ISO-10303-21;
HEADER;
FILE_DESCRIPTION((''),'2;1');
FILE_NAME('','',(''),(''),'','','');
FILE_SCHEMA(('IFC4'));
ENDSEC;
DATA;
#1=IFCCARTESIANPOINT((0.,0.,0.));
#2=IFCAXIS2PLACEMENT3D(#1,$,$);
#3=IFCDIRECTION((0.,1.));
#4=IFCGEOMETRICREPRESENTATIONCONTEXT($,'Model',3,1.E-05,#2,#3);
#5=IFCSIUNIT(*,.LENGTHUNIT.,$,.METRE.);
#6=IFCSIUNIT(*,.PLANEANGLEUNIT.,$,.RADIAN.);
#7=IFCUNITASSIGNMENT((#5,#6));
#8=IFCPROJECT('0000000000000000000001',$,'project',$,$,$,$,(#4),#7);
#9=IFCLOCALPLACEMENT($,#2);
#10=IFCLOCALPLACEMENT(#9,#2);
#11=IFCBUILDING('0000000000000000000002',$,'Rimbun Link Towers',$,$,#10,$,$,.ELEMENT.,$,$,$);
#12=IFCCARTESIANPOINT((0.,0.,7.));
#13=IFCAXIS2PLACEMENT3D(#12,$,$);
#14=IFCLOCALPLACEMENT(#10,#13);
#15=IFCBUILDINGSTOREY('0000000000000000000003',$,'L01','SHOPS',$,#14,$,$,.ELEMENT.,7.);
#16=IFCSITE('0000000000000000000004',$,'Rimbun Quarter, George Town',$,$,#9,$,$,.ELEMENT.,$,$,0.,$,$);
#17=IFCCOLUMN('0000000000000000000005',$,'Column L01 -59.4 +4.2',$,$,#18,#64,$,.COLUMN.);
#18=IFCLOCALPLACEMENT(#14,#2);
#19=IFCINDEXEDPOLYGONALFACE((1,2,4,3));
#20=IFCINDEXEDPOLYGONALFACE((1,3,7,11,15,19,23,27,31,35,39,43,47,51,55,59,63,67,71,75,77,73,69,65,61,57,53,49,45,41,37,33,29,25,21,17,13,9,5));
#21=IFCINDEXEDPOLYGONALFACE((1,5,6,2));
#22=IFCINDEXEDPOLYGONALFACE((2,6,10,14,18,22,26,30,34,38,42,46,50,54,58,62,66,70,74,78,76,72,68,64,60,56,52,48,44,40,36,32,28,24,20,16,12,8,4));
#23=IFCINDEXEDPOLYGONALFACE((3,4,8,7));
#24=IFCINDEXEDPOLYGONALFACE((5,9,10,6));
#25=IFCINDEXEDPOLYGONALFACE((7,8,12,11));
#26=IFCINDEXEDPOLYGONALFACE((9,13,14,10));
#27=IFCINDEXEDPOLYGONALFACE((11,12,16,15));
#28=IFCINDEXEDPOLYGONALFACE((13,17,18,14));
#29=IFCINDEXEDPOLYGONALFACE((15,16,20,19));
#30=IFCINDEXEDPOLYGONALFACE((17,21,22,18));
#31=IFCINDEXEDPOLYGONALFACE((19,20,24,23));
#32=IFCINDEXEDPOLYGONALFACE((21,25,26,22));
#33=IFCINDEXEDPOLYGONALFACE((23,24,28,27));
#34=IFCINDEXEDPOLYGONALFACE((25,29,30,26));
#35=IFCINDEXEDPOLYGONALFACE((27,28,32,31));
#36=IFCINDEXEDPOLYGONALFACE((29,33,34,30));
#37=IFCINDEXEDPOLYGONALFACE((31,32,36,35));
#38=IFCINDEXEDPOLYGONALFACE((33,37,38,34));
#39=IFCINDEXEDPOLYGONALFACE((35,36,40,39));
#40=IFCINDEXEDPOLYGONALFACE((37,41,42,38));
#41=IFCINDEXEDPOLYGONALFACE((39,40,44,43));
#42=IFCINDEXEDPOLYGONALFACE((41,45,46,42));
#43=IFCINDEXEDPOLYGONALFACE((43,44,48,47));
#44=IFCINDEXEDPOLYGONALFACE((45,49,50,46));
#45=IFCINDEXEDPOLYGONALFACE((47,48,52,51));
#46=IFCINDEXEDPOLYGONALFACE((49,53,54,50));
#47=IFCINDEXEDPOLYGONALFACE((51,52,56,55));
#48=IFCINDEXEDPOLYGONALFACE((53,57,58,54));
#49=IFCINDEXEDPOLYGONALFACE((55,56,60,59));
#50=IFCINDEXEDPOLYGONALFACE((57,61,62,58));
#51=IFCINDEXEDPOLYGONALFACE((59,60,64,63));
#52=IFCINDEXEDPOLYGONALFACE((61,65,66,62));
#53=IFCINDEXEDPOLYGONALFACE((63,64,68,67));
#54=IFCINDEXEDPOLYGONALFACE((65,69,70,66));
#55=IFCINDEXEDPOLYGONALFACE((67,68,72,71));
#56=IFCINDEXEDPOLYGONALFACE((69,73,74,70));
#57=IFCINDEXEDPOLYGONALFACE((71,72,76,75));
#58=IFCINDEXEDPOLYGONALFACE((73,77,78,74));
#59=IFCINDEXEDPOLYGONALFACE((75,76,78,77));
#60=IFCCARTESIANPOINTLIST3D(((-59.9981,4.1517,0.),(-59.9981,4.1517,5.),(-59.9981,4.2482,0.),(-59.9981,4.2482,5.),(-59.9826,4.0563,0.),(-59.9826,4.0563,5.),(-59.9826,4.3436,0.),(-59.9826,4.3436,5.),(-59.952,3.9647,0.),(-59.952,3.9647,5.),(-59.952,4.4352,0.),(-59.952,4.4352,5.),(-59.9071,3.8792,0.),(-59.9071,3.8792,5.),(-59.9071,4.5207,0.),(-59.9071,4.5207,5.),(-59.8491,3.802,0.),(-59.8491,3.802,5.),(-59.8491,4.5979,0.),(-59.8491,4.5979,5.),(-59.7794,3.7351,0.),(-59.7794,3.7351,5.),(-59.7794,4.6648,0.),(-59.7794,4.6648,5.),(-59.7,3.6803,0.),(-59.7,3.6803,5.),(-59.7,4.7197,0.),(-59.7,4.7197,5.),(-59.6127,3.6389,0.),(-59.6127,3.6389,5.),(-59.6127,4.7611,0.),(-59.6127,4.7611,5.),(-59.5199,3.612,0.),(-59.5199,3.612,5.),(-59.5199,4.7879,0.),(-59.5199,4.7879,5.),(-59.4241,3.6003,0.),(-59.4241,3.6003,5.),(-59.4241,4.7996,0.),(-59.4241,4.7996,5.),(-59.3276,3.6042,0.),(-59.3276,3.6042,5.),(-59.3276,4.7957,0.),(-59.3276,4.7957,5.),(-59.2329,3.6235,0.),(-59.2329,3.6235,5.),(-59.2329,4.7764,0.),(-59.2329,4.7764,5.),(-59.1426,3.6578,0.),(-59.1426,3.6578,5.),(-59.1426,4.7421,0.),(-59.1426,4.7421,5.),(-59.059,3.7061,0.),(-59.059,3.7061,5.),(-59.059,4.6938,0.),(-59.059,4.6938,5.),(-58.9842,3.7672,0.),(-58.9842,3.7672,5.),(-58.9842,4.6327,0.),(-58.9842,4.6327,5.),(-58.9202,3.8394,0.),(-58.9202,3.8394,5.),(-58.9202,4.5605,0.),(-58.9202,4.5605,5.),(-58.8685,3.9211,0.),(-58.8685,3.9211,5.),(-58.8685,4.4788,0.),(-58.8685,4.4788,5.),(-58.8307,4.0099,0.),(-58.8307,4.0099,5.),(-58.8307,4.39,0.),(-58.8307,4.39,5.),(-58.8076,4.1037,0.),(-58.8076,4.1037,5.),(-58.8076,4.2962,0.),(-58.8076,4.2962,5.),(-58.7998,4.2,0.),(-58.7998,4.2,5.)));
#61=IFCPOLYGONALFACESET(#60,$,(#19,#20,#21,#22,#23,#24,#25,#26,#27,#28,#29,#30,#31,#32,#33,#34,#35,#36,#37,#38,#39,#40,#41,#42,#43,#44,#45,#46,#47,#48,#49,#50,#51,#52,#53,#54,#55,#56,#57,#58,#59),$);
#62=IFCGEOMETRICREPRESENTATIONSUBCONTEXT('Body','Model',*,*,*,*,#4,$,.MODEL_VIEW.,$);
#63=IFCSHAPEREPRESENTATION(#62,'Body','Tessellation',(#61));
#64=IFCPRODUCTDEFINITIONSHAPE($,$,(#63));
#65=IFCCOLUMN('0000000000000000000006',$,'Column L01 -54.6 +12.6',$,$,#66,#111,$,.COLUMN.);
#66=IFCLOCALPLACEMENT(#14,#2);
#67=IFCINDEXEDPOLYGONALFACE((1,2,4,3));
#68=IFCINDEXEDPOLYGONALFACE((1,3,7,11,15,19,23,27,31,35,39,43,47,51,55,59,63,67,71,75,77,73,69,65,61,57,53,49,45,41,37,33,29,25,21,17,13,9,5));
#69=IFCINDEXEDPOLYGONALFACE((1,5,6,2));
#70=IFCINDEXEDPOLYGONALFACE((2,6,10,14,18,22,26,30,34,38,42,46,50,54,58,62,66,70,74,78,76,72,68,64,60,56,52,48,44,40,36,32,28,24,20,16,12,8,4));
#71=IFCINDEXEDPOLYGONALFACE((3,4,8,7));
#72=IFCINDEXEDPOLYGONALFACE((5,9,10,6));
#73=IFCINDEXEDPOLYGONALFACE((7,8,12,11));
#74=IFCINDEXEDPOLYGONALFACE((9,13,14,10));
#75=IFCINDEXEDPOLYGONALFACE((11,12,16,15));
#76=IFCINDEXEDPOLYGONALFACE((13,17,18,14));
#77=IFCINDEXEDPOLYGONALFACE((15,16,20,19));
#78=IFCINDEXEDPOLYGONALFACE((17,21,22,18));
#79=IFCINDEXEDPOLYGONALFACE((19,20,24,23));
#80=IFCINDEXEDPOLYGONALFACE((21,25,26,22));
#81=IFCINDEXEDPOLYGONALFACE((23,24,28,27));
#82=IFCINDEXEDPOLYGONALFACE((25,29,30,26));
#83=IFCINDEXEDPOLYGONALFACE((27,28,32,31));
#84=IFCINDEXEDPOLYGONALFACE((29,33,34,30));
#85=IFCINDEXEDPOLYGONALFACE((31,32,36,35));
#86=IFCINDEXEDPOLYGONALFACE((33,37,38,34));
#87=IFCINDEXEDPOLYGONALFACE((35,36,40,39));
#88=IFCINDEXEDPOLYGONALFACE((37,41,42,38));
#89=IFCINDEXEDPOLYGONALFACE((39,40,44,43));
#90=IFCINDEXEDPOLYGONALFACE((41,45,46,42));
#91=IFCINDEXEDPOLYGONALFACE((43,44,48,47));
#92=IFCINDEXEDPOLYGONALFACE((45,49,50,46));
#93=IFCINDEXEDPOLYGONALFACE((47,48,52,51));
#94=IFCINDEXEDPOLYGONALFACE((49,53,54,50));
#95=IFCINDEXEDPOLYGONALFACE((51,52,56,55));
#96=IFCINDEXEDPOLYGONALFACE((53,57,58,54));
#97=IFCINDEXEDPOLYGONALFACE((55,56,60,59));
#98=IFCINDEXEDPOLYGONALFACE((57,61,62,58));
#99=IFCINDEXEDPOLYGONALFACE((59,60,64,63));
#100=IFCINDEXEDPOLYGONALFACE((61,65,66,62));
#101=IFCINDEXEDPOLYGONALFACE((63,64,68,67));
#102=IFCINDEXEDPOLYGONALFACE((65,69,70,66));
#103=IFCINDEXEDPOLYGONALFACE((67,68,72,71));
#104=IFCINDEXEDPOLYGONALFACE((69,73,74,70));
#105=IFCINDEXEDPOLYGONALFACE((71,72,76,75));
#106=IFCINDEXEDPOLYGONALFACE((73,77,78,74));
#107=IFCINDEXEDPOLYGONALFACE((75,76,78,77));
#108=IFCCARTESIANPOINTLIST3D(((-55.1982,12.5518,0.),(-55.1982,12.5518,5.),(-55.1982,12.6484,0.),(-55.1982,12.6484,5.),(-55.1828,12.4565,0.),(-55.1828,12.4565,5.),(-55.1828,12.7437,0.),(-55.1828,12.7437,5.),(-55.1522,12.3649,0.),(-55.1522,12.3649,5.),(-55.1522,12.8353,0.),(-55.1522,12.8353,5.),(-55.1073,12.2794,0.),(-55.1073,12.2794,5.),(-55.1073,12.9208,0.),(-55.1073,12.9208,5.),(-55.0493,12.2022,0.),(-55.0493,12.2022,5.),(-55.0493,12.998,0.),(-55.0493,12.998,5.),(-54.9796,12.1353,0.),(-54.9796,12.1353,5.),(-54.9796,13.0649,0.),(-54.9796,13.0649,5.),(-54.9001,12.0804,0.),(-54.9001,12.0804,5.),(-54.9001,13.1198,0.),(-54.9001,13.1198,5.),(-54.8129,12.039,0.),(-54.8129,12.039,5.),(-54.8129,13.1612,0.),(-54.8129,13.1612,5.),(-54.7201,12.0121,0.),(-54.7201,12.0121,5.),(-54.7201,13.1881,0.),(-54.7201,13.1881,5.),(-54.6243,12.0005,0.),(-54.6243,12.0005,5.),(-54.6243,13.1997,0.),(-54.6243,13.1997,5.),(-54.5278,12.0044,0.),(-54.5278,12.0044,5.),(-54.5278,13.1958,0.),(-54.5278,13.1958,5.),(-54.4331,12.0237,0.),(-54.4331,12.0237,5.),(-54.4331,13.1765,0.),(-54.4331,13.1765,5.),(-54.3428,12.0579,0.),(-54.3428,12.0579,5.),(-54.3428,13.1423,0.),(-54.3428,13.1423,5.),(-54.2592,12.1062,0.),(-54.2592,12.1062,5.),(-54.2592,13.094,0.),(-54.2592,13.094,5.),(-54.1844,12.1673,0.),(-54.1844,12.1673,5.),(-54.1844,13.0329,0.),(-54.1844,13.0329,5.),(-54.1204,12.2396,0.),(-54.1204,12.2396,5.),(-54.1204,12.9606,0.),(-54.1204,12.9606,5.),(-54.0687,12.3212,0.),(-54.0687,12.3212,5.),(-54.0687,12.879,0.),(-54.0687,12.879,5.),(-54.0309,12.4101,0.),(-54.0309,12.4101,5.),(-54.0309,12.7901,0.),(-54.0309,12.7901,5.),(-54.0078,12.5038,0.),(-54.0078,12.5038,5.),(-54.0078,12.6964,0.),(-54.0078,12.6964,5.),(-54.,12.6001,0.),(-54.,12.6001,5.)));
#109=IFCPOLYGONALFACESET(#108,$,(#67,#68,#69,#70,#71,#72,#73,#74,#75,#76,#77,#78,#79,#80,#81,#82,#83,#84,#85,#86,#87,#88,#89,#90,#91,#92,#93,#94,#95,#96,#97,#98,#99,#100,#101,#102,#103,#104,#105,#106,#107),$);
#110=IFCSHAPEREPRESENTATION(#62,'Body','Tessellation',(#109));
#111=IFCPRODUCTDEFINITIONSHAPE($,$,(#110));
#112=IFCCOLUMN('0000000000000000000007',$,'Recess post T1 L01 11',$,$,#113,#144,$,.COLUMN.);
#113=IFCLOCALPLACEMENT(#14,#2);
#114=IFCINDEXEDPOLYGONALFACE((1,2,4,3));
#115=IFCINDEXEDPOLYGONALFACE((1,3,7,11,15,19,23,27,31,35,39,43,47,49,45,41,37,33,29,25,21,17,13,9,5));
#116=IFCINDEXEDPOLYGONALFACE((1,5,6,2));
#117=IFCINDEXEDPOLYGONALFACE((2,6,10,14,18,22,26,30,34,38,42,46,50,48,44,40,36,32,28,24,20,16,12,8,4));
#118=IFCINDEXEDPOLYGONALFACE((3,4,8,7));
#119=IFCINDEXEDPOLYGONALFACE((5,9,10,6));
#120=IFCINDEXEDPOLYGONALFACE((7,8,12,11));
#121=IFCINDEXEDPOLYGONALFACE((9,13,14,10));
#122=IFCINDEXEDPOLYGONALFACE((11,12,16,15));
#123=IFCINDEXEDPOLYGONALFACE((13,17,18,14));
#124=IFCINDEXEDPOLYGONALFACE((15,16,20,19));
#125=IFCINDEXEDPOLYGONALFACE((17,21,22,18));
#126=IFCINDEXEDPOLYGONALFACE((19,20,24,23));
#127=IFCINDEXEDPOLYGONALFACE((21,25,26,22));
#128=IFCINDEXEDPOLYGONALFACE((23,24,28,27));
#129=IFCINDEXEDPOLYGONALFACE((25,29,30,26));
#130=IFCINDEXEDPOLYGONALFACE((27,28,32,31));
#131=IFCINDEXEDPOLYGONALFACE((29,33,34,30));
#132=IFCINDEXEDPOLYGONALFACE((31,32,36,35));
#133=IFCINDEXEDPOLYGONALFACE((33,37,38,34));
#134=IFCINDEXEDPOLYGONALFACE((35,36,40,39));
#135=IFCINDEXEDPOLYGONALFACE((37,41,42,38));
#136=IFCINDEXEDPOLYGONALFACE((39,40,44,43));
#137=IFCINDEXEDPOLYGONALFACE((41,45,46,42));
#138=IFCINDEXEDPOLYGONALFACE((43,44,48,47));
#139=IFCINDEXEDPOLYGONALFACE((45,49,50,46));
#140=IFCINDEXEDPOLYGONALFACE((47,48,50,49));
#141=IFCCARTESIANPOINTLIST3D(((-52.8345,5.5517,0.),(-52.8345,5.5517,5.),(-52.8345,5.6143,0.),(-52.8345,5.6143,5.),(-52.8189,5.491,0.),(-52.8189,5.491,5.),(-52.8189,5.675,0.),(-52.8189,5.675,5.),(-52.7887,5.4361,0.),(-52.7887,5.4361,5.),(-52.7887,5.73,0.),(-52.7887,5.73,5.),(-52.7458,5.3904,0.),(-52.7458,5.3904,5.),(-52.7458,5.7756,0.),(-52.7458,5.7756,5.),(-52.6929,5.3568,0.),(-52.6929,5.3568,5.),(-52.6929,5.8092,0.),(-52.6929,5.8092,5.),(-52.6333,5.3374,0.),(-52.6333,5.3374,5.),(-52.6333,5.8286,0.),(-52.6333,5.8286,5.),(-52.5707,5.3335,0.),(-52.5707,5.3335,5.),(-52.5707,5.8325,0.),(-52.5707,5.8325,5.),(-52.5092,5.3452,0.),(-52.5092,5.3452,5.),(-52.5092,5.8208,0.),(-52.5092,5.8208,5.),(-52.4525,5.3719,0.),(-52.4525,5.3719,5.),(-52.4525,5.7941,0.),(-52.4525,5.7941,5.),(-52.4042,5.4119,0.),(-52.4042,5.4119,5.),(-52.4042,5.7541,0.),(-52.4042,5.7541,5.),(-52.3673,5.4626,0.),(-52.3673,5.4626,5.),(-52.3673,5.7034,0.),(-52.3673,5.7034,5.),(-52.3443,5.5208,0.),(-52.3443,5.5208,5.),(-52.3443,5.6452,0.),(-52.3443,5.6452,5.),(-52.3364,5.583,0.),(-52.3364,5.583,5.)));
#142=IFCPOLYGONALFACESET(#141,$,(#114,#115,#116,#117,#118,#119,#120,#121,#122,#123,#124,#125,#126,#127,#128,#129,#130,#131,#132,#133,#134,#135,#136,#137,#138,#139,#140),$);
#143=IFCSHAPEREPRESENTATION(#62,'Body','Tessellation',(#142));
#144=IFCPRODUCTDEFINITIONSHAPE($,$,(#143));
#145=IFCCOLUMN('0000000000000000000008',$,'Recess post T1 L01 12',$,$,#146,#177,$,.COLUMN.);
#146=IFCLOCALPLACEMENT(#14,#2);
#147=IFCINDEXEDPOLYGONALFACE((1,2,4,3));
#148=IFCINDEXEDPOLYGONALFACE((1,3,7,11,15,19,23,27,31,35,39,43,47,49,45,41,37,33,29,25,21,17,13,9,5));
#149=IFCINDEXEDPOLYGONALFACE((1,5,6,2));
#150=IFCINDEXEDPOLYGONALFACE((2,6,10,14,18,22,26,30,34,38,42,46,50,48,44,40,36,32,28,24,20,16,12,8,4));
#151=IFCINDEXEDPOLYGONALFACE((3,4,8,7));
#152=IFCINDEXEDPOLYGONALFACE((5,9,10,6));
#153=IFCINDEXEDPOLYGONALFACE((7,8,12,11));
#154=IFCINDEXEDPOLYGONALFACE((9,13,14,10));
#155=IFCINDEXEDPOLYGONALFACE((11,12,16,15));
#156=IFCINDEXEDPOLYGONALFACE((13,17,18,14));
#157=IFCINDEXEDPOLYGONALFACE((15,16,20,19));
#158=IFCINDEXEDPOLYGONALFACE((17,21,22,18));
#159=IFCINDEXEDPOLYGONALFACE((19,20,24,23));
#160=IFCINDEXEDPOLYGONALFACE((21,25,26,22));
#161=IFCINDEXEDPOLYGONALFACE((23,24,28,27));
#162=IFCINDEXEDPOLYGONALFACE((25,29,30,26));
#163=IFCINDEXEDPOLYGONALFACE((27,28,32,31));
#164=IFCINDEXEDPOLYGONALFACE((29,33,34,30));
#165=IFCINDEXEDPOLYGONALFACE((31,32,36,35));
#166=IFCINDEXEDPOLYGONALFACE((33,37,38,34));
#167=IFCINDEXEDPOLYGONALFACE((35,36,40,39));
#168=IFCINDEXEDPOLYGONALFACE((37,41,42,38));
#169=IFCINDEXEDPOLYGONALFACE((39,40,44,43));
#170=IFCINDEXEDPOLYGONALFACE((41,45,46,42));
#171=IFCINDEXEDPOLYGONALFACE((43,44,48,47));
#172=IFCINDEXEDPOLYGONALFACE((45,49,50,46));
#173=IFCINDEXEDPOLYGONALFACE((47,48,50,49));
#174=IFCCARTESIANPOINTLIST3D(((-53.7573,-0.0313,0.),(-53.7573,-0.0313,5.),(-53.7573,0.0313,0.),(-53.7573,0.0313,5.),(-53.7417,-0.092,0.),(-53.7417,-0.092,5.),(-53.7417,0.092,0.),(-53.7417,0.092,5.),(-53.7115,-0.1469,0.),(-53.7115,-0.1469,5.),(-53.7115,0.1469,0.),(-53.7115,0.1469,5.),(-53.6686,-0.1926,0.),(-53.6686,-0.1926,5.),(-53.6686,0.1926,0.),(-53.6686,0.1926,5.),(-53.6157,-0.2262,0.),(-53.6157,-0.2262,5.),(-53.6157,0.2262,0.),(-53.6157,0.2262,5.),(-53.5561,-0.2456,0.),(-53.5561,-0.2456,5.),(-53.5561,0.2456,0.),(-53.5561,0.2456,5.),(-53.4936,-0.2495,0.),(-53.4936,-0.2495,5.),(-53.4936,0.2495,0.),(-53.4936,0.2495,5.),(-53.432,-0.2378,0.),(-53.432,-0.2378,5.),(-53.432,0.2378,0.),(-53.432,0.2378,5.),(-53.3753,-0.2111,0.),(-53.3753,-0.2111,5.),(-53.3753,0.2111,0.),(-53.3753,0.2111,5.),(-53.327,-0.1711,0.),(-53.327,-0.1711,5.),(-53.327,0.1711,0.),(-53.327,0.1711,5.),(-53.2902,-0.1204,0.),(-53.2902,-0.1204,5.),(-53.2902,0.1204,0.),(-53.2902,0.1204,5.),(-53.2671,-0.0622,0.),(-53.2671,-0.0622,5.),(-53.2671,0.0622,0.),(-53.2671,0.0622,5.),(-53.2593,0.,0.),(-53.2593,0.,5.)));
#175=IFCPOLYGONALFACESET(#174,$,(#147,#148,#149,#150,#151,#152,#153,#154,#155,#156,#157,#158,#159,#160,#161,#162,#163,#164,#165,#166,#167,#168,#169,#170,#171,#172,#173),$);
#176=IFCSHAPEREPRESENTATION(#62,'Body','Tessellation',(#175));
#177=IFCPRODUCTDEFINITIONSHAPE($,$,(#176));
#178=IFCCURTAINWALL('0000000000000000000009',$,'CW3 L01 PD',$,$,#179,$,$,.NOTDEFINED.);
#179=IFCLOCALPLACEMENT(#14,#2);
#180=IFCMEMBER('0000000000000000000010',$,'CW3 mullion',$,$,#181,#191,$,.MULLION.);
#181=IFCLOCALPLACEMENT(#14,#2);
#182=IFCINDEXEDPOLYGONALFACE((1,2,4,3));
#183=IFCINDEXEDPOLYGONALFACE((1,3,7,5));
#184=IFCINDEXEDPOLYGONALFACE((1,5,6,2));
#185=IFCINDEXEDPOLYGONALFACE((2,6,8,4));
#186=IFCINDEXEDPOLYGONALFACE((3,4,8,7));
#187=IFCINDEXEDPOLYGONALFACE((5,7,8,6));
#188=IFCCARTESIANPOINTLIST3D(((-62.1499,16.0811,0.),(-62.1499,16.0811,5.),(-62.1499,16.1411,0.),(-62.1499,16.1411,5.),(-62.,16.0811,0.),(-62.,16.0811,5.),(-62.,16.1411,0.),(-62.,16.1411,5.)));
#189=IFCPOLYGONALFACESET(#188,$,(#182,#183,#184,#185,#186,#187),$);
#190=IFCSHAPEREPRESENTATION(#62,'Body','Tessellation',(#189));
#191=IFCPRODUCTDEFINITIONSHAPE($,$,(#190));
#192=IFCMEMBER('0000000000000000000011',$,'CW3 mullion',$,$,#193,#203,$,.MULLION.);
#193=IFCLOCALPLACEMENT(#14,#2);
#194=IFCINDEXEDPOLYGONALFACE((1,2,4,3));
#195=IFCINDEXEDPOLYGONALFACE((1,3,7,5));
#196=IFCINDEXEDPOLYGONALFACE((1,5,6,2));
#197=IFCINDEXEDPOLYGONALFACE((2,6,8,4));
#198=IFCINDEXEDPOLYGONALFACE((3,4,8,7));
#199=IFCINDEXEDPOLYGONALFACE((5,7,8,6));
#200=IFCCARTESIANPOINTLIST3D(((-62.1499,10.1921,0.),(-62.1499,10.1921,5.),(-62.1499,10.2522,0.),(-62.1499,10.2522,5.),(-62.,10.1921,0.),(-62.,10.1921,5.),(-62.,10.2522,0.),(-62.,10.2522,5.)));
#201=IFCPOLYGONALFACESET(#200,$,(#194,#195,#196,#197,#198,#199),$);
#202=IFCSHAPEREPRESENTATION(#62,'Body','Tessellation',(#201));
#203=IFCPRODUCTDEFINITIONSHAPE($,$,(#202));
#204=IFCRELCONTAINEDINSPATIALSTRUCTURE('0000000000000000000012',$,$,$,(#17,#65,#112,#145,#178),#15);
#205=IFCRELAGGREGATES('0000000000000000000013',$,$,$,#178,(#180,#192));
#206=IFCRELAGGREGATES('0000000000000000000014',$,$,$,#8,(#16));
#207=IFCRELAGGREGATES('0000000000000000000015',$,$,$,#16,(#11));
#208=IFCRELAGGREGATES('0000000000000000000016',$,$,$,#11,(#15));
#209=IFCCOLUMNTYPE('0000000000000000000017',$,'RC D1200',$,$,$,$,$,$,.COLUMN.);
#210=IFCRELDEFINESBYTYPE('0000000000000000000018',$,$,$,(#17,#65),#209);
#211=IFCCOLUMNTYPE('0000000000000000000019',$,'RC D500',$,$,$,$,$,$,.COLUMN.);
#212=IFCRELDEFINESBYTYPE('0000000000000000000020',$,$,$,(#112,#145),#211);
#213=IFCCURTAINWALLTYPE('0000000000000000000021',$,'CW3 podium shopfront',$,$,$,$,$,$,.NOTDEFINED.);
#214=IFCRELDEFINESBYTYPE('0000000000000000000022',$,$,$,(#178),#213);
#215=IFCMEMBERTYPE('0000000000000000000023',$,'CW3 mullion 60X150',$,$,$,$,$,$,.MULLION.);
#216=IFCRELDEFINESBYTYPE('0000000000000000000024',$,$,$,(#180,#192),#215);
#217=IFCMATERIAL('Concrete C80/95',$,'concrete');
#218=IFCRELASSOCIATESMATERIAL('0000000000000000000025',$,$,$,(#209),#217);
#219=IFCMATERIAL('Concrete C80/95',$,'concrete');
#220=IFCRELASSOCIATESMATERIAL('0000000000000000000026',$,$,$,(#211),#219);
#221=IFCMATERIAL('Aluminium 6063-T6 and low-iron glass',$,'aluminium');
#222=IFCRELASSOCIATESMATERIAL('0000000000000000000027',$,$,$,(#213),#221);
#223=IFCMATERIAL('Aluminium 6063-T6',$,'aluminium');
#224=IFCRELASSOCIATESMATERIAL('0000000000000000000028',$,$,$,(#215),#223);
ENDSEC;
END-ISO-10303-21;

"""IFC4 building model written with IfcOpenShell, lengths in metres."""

from ifc_helpers import new_model, si_unit, direction, frame, origin, origin_2d, place, context, subcontext, project, spatial, rectangle, circle, extrude, material, material_profile, profile_set, type_object, element, aggregate, save


model = new_model("IFC4")

# Units and contexts
model_context = context("Model", 3, precision=1e-05, world=origin(), true_north=direction((0.0, 1.0)))
body_context = subcontext(model_context, "Body", "Model", "MODEL_VIEW")
ifc_project = project(units=[si_unit("LENGTHUNIT", "METRE"), si_unit("PLANEANGLEUNIT", "RADIAN")], contexts=[model_context])

# Site, building, storey
site_placement = place(None, origin())
site = spatial("IfcSite", under=ifc_project, at=site_placement, Name="Rimbun Quarter, George Town", CompositionType="ELEMENT", RefElevation=0.0)
building_placement = place(site_placement, origin())
building = spatial("IfcBuilding", under=site, at=building_placement, Name="Rimbun Link Towers", CompositionType="ELEMENT")
storey_placement = place(building_placement, frame((0.0, 0.0, 7.0)))
storey = spatial("IfcBuildingStorey", under=building, at=storey_placement, Name="L01", Description="SHOPS", CompositionType="ELEMENT", Elevation=7.0)

# Columns
ifc_material_1 = material(Name="Concrete C80/95", Category="concrete")
ifc_material_profile_1 = material_profile(ifc_material_1, circle(Radius=0.6001, at=origin_2d()), Name="RC D1200")
ifc_profile_set_1 = profile_set([ifc_material_profile_1], Name="Concrete C80/95")
column_type_1 = type_object("IfcColumnType", Name="RC D1200", PredefinedType="COLUMN", material=ifc_profile_set_1)
for number, where, z_axis, x_axis, name in (
    (1, (-59.3999, 4.2, 0.0), (0.0, 0.0, 1.0), (1.0, 0.0, 0.0), "Column L01 -59.4 +4.2"),
    (2, (-54.6001, 12.6001, 0.0), (0.0, 0.0, 1.0), (1.0, 0.0, 0.0), "Column L01 -54.6 +12.6"),
):
    element("IfcColumn", number, at=place(storey_placement, frame(where, z_axis=z_axis, x_axis=x_axis)), inside=storey, type_object=column_type_1, Name=name, PredefinedType="COLUMN", context=body_context, shape_type="SweptSolid", body=[
        extrude(circle(Radius=0.6001, at=origin_2d()), origin(), (0.0, 0.0, 1.0), 5.0),
    ])
ifc_material_2 = material(Name="Concrete C80/95", Category="concrete")
ifc_material_profile_2 = material_profile(ifc_material_2, circle(Radius=0.25, at=origin_2d()), Name="RC D500")
ifc_profile_set_2 = profile_set([ifc_material_profile_2], Name="Concrete C80/95")
column_type_2 = type_object("IfcColumnType", Name="RC D500", PredefinedType="COLUMN", material=ifc_profile_set_2)
for number, where, z_axis, x_axis, name in (
    (3, (-52.5864, 5.583, 0.0), (0.0, 0.0, 1.0), (1.0, 0.0, 0.0), "Recess post T1 L01 11"),
    (4, (-53.5093, 0.0, 0.0), (0.0, 0.0, 1.0), (1.0, 0.0, 0.0), "Recess post T1 L01 12"),
):
    element("IfcColumn", number, at=place(storey_placement, frame(where, z_axis=z_axis, x_axis=x_axis)), inside=storey, type_object=column_type_2, Name=name, PredefinedType="COLUMN", context=body_context, shape_type="SweptSolid", body=[
        extrude(circle(Radius=0.25, at=origin_2d()), origin(), (0.0, 0.0, 1.0), 5.0),
    ])

# Curtain wall, members
ifc_material_3 = material(Name="Aluminium 6063-T6 and low-iron glass", Category="aluminium")
curtain_wall_type = type_object("IfcCurtainWallType", Name="CW3 podium shopfront", PredefinedType="NOTDEFINED", material=ifc_material_3)
curtain_wall_placement = place(storey_placement, origin())
curtain_wall = element("IfcCurtainWall", 5, at=curtain_wall_placement, inside=storey, type_object=curtain_wall_type, Name="CW3 L01 PD", PredefinedType="NOTDEFINED")
ifc_material_4 = material(Name="Aluminium 6063-T6", Category="aluminium")
ifc_material_profile_3 = material_profile(ifc_material_4, rectangle(XDim=0.1499, YDim=0.0601, at=origin_2d()), Name="MULLION 60X150")
ifc_profile_set_3 = profile_set([ifc_material_profile_3], Name="Aluminium 6063-T6")
member_type_1 = type_object("IfcMemberType", Name="CW3 mullion 60X150", PredefinedType="MULLION", material=ifc_profile_set_3)
member_1_placement = place(storey_placement, frame((-62.075, 16.1111, 0.0), z_axis=(0.0, 0.0, 1.0), x_axis=(-1.0, 0.0, 0.0)))
member_1 = element("IfcMember", 6, at=member_1_placement, type_object=member_type_1, Name="CW3 mullion", PredefinedType="MULLION", context=body_context, shape_type="SweptSolid", body=[
    extrude(rectangle(XDim=0.1499, YDim=0.0601, at=origin_2d()), origin(), (0.0, 0.0, 1.0), 5.0),
])
member_2_placement = place(storey_placement, frame((-62.075, 10.2222, 0.0), z_axis=(0.0, 0.0, 1.0), x_axis=(-1.0, 0.0, 0.0)))
member_2 = element("IfcMember", 7, at=member_2_placement, type_object=member_type_1, Name="CW3 mullion", PredefinedType="MULLION", context=body_context, shape_type="SweptSolid", body=[
    extrude(rectangle(XDim=0.1499, YDim=0.0601, at=origin_2d()), origin(), (0.0, 0.0, 1.0), 5.0),
])

aggregate(curtain_wall, [member_1, member_2])

save(model, "model.ifc")
